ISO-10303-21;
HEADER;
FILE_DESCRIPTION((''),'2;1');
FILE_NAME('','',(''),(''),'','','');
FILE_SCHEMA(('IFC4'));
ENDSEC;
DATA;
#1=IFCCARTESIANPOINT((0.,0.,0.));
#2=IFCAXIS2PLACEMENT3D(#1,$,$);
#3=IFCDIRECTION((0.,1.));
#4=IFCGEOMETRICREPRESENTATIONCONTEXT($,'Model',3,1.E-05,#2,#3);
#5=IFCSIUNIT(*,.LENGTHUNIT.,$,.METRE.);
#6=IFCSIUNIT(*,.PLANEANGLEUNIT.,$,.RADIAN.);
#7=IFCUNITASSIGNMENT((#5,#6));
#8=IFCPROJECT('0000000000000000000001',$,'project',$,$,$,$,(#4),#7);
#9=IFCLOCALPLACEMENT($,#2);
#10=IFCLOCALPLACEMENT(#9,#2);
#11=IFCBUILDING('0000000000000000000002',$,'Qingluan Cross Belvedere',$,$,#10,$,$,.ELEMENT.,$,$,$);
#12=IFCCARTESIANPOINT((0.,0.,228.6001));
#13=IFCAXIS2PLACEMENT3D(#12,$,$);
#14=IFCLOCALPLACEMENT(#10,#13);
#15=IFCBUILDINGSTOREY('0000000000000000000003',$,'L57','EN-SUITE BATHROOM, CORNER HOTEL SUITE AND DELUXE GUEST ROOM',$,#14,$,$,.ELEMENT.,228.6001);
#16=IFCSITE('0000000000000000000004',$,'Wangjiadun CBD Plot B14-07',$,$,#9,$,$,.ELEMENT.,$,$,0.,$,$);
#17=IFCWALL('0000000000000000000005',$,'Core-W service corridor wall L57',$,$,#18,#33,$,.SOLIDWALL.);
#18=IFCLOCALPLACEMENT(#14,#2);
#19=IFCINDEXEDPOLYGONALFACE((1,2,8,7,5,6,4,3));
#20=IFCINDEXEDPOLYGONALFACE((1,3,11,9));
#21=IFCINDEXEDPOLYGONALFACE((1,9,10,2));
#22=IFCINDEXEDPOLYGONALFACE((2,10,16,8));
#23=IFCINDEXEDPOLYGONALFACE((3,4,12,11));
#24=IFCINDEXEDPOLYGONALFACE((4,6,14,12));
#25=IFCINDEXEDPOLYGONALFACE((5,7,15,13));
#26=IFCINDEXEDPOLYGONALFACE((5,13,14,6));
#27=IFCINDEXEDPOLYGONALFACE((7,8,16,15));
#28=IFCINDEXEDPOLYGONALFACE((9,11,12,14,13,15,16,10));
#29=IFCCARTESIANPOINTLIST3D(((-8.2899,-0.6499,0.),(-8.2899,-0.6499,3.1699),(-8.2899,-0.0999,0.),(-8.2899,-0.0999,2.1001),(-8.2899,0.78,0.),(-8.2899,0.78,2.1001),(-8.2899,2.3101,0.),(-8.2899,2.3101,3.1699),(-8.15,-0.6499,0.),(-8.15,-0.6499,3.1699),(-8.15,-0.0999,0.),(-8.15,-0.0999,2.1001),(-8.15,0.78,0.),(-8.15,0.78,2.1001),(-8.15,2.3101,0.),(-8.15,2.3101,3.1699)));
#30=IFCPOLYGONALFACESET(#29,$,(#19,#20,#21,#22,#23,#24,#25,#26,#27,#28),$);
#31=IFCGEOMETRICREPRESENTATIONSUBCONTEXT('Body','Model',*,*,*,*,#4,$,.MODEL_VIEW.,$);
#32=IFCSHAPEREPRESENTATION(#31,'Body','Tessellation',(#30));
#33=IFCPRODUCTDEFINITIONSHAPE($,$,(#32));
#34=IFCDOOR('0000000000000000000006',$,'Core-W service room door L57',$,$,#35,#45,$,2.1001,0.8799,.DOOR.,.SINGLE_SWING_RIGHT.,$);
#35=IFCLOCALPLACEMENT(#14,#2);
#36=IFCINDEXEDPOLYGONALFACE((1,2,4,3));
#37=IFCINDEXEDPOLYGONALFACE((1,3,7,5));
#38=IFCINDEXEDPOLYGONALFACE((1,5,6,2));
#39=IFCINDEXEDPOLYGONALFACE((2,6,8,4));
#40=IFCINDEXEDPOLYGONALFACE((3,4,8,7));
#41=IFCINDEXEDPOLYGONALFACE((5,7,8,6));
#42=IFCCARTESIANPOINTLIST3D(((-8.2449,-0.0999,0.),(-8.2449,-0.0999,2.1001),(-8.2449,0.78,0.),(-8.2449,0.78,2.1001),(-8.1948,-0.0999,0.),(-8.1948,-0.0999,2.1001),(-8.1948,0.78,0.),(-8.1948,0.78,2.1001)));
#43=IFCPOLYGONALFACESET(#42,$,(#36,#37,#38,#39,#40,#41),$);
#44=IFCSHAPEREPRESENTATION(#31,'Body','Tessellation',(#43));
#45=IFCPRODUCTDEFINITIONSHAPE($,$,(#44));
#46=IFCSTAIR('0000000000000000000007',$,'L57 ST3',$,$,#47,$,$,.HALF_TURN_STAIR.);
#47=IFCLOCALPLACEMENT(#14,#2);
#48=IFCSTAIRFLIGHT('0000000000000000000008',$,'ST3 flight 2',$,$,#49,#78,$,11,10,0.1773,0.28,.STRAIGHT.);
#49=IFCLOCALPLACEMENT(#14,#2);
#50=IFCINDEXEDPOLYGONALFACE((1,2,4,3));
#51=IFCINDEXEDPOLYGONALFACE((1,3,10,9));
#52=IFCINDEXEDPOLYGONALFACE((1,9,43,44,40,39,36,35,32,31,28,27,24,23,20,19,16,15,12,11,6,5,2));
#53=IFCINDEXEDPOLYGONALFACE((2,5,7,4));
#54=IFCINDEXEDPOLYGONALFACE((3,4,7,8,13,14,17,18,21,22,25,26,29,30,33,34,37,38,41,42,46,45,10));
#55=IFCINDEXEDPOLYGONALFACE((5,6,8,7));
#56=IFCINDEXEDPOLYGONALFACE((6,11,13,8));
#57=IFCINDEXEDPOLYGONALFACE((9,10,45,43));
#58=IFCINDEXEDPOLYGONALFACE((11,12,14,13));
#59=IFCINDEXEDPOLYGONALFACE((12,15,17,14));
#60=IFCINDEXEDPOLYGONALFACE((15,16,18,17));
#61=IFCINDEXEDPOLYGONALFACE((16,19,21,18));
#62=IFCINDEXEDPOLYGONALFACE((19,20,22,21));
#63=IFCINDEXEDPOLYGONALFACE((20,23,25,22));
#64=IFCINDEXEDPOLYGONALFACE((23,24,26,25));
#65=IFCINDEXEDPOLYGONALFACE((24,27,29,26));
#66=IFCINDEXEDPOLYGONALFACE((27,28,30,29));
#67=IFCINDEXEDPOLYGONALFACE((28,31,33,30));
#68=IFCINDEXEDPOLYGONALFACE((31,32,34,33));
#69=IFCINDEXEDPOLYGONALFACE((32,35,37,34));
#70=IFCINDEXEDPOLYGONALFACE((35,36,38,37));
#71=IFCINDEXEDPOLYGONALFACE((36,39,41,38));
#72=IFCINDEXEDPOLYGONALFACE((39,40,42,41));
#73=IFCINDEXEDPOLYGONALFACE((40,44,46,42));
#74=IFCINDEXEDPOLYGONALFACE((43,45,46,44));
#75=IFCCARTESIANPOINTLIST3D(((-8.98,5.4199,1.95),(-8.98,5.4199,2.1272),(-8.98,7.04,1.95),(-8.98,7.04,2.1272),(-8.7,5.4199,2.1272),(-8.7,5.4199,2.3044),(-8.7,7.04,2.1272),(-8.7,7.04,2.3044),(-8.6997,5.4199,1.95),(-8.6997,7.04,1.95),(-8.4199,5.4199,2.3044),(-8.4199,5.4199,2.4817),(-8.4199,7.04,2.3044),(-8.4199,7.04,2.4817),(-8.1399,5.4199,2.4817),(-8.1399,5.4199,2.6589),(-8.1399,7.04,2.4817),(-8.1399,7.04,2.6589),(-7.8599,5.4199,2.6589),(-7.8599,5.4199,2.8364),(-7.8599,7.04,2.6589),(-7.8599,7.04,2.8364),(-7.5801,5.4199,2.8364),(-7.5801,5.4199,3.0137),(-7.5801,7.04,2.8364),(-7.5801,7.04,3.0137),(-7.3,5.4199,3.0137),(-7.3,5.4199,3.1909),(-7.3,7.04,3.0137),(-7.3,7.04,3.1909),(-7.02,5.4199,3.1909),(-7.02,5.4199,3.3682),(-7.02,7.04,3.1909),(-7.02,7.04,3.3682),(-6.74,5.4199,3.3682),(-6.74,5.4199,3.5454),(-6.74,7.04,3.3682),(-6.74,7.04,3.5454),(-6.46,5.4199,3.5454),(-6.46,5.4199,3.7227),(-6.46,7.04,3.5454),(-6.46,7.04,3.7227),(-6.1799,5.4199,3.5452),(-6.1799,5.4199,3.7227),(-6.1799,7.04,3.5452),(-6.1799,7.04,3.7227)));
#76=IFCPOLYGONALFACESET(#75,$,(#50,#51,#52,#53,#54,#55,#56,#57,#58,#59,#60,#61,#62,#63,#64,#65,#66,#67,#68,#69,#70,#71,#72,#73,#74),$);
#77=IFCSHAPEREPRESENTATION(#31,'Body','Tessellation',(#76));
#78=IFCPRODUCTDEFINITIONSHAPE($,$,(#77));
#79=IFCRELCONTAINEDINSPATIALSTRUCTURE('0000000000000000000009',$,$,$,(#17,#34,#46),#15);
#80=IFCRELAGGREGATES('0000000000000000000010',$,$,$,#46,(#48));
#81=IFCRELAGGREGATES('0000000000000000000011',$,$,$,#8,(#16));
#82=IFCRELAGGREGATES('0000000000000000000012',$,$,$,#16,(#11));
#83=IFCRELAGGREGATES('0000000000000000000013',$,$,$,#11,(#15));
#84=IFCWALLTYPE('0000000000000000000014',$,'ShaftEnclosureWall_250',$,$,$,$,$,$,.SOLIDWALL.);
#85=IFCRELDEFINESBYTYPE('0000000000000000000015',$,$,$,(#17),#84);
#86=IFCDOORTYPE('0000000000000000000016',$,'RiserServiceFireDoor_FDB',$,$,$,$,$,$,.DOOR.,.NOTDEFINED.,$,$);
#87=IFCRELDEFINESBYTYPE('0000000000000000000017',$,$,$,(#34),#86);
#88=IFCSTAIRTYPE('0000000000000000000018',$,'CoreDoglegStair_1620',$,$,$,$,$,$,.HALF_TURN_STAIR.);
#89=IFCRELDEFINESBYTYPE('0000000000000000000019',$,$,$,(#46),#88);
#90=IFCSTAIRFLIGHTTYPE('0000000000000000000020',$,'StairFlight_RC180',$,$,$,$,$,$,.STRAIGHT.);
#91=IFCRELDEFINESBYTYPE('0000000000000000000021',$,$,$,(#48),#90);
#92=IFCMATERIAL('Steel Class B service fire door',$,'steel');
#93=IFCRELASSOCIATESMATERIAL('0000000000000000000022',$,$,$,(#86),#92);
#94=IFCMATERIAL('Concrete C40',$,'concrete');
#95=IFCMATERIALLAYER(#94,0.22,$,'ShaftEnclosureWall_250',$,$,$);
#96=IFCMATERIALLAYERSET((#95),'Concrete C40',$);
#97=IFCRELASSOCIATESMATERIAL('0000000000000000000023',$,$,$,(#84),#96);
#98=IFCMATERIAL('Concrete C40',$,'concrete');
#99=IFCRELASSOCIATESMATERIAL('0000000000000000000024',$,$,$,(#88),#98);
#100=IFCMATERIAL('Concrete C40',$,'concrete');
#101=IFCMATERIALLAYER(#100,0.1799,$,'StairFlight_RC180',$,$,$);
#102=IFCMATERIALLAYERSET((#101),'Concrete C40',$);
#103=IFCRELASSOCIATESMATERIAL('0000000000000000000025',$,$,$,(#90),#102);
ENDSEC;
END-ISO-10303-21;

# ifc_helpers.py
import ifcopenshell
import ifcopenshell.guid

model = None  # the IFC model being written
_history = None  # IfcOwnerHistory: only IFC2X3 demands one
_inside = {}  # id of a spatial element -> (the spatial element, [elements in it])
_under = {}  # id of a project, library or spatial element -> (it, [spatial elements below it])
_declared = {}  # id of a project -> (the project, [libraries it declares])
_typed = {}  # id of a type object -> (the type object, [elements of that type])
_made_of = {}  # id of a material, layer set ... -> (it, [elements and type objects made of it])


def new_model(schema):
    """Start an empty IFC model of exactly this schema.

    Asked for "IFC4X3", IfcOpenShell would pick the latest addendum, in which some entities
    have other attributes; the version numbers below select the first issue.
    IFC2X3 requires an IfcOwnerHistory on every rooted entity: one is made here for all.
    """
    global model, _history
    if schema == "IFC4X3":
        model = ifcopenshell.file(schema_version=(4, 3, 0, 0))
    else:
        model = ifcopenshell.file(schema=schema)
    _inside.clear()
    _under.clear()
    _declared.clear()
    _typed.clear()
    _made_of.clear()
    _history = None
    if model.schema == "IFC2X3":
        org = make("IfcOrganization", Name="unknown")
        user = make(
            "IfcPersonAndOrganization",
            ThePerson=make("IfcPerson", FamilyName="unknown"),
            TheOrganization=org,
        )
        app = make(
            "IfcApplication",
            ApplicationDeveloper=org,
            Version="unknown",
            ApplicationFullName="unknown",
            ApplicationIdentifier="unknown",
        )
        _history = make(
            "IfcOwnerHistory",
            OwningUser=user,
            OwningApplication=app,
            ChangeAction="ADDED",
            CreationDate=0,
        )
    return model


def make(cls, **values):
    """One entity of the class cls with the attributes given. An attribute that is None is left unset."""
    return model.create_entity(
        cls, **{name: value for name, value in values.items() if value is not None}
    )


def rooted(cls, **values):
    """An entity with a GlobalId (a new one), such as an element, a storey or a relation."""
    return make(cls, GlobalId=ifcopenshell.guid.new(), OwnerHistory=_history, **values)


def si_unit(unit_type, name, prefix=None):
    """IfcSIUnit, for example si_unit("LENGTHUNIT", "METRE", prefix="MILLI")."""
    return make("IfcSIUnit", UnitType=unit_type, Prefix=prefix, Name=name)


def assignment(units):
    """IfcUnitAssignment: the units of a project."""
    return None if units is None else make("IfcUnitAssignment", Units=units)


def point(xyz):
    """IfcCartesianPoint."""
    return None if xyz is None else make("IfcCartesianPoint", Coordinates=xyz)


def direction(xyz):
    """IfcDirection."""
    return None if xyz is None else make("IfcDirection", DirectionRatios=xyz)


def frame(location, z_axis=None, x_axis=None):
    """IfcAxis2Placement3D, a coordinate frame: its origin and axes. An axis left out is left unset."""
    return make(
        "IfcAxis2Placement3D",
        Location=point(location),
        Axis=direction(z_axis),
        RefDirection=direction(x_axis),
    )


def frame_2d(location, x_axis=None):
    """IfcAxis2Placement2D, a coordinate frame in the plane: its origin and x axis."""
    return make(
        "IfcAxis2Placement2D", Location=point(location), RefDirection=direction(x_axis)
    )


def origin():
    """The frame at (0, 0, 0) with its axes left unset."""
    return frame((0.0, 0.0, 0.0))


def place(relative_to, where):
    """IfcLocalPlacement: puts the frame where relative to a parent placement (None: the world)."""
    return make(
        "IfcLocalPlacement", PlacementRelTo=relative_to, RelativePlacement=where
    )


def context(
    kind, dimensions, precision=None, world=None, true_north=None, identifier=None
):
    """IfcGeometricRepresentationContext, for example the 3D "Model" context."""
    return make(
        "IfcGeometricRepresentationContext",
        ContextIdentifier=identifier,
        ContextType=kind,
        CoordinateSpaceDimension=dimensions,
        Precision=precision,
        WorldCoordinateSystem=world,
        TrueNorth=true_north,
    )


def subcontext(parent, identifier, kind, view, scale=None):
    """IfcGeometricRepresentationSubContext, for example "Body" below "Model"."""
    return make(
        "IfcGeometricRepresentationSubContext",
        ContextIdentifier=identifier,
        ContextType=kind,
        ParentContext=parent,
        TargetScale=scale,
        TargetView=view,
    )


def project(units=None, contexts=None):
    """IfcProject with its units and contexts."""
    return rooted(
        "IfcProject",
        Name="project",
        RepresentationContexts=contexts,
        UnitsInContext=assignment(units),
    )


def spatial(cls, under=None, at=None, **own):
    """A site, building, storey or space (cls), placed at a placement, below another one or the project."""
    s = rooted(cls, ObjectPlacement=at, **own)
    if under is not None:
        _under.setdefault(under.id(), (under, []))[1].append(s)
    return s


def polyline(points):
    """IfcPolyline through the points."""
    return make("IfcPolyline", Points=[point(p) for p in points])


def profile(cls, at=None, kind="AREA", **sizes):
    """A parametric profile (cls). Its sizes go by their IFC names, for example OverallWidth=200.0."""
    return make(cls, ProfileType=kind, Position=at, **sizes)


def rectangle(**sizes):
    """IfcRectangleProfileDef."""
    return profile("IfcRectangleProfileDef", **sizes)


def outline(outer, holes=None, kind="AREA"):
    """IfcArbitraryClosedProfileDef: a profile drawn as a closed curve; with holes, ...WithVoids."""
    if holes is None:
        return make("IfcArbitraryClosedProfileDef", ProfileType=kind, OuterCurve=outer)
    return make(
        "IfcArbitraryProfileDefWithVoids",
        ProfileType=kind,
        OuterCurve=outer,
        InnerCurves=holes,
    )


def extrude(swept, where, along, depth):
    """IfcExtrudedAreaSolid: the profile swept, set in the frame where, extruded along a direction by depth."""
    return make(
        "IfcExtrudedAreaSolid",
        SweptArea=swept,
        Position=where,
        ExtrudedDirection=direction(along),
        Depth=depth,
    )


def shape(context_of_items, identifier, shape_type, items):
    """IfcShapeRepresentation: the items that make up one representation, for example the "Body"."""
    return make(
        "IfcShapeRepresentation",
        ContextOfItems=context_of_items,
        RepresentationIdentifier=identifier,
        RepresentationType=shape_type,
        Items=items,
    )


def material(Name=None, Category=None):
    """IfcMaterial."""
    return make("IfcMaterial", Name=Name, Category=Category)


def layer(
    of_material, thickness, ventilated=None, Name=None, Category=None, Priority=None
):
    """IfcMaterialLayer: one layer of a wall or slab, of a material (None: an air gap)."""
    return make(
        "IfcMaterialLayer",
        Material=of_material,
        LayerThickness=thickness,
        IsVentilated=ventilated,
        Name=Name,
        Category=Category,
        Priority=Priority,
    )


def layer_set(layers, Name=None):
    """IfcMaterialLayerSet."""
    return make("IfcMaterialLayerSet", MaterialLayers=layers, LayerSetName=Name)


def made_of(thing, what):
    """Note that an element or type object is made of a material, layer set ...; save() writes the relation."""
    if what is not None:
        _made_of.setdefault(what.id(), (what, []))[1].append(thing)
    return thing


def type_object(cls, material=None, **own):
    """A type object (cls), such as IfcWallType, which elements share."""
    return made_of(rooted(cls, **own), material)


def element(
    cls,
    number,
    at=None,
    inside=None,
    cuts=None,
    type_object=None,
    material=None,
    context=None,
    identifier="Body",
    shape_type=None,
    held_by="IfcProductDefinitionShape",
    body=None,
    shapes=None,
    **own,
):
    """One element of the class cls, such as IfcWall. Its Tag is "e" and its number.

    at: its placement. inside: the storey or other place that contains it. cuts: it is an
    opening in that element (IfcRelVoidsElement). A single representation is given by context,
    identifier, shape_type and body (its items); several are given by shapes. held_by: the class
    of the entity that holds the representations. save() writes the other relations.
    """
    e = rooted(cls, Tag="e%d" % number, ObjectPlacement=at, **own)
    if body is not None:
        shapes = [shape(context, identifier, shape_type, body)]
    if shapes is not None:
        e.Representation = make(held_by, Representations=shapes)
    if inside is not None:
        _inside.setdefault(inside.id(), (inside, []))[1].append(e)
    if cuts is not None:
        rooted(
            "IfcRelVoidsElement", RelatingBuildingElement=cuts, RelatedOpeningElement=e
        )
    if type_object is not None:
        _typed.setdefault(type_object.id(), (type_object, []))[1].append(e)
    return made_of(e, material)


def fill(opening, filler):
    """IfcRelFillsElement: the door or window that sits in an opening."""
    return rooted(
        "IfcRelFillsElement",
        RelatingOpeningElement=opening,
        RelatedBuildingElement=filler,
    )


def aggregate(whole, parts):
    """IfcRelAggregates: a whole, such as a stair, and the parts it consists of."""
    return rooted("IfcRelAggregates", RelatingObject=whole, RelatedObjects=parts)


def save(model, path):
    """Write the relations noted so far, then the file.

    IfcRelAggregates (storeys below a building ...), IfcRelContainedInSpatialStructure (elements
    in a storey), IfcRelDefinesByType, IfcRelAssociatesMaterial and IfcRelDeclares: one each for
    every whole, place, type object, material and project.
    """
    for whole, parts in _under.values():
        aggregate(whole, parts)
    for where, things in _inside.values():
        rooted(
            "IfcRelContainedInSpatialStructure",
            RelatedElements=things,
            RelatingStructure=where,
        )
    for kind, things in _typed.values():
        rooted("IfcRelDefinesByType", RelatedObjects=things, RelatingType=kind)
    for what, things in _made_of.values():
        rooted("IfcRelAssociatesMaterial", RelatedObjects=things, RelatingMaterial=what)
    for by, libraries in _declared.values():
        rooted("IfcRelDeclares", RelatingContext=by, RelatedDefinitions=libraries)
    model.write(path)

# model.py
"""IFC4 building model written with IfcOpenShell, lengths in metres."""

from ifc_helpers import new_model, si_unit, direction, frame, frame_2d, origin, place, context, subcontext, project, spatial, polyline, rectangle, outline, extrude, material, layer, layer_set, type_object, element, fill, aggregate, save


model = new_model("IFC4")

# Units and contexts
model_context = context("Model", 3, precision=1e-05, world=origin(), true_north=direction((0.0, 1.0)))
body_context = subcontext(model_context, "Body", "Model", "MODEL_VIEW")
ifc_project = project(units=[si_unit("LENGTHUNIT", "METRE"), si_unit("PLANEANGLEUNIT", "RADIAN")], contexts=[model_context])

# Site, building, storey
site_placement = place(None, origin())
site = spatial("IfcSite", under=ifc_project, at=site_placement, Name="Wangjiadun CBD Plot B14-07", CompositionType="ELEMENT", RefElevation=0.0)
building_placement = place(site_placement, origin())
building = spatial("IfcBuilding", under=site, at=building_placement, Name="Qingluan Cross Belvedere", CompositionType="ELEMENT")
storey_placement = place(building_placement, frame((0.0, 0.0, 228.6001)))
storey = spatial("IfcBuildingStorey", under=building, at=storey_placement, Name="L57", Description="EN-SUITE BATHROOM, CORNER HOTEL SUITE AND DELUXE GUEST ROOM", CompositionType="ELEMENT", Elevation=228.6001)

# Shared definitions
ifc_material_1 = material(Name="Steel Class B service fire door", Category="steel")
door_type_1 = type_object("IfcDoorType", Name="RiserServiceFireDoor_FDB", OperationType="NOTDEFINED", PredefinedType="DOOR", material=ifc_material_1)

# Shared definitions
ifc_material_2 = material(Name="Concrete C40", Category="concrete")
ifc_layer_1 = layer(ifc_material_2, 0.22, Name="ShaftEnclosureWall_250")
ifc_layer_set_1 = layer_set([ifc_layer_1], Name="Concrete C40")
wall_type_1 = type_object("IfcWallType", Name="ShaftEnclosureWall_250", PredefinedType="SOLIDWALL", material=ifc_layer_set_1)

# Wall, opening, door
wall_1_placement = place(storey_placement, frame((-8.22, -0.6499, 0.0), z_axis=(0.0, 0.0, 1.0), x_axis=(0.0, 1.0, 0.0)))
wall_1 = element("IfcWall", 1, at=wall_1_placement, inside=storey, type_object=wall_type_1, Name="Core-W service corridor wall L57", PredefinedType="SOLIDWALL", context=body_context, shape_type="SweptSolid", body=[
    extrude(rectangle(XDim=2.96, YDim=0.1399, at=frame_2d((1.48, 0.0))), origin(), (0.0, 0.0, 1.0), 3.1699),
])
opening_1_placement = place(wall_1_placement, frame((0.55, 0.0, 0.0)))
opening_1 = element("IfcOpeningElement", 2, at=opening_1_placement, cuts=wall_1, PredefinedType="OPENING", context=body_context, shape_type="SweptSolid", body=[
    extrude(rectangle(XDim=0.8799, YDim=2.1001, at=frame_2d((0.4399, 1.05))), frame((0.0, 0.0798, 0.0), z_axis=(0.0, -1.0, 0.0), x_axis=(1.0, 0.0, 0.0)), (0.0, 0.0, 1.0), 0.1599),
])
door_1_placement = place(opening_1_placement, origin())
door_1 = element("IfcDoor", 3, at=door_1_placement, inside=storey, type_object=door_type_1, Name="Core-W service room door L57", OperationType="SINGLE_SWING_RIGHT", OverallHeight=2.1001, OverallWidth=0.8799, PredefinedType="DOOR", context=body_context, shape_type="SweptSolid", body=[
    extrude(rectangle(XDim=0.8799, YDim=2.1001, at=frame_2d((0.4399, 1.05))), frame((0.0, 0.0249, 0.0), z_axis=(0.0, -1.0, 0.0), x_axis=(1.0, 0.0, 0.0)), (0.0, 0.0, 1.0), 0.05),
])
fill(opening_1, door_1)

# Stair, stair flight
ifc_material_3 = material(Name="Concrete C40", Category="concrete")
stair_type = type_object("IfcStairType", Name="CoreDoglegStair_1620", PredefinedType="HALF_TURN_STAIR", material=ifc_material_3)
stair_placement = place(storey_placement, origin())
stair = element("IfcStair", 4, at=stair_placement, inside=storey, type_object=stair_type, Name="L57 ST3", PredefinedType="HALF_TURN_STAIR")
ifc_material_4 = material(Name="Concrete C40", Category="concrete")
ifc_layer_2 = layer(ifc_material_4, 0.1799, Name="StairFlight_RC180")
ifc_layer_set_2 = layer_set([ifc_layer_2], Name="Concrete C40")
stair_flight_type = type_object("IfcStairFlightType", Name="StairFlight_RC180", PredefinedType="STRAIGHT", material=ifc_layer_set_2)
stair_flight_placement = place(storey_placement, frame((-8.98, 6.23, 1.95), z_axis=(0.0, 0.0, 1.0), x_axis=(1.0, 0.0, 0.0)))
stair_flight = element("IfcStairFlight", 5, at=stair_flight_placement, type_object=stair_flight_type, Name="ST3 flight 2", NumberOfRisers=11, NumberOfTreads=10, PredefinedType="STRAIGHT", RiserHeight=0.1773, TreadLength=0.28, context=body_context, shape_type="SweptSolid", body=[
    extrude(outline(polyline([(0.0, 0.0), (0.0, 0.1772), (0.28, 0.1772), (0.28, 0.3545), (0.5601, 0.3545), (0.5601, 0.5317), (0.8401, 0.5317), (0.8401, 0.709), (1.1201, 0.709), (1.1201, 0.8865), (1.3999, 0.8865), (1.3999, 1.0637), (1.6799, 1.0637), (1.6799, 1.241), (1.96, 1.241), (1.96, 1.4182), (2.24, 1.4182), (2.24, 1.5955), (2.52, 1.5955), (2.52, 1.7727), (2.8, 1.7727), (2.8, 1.95), (2.8, 1.5952), (0.2803, 0.0), (0.0, 0.0)])), frame((0.0, 0.8101, 0.0), z_axis=(0.0, -1.0, 0.0), x_axis=(1.0, 0.0, 0.0)), (0.0, 0.0, 1.0), 1.6201),
])
aggregate(stair, [stair_flight])

save(model, "model.ifc")
